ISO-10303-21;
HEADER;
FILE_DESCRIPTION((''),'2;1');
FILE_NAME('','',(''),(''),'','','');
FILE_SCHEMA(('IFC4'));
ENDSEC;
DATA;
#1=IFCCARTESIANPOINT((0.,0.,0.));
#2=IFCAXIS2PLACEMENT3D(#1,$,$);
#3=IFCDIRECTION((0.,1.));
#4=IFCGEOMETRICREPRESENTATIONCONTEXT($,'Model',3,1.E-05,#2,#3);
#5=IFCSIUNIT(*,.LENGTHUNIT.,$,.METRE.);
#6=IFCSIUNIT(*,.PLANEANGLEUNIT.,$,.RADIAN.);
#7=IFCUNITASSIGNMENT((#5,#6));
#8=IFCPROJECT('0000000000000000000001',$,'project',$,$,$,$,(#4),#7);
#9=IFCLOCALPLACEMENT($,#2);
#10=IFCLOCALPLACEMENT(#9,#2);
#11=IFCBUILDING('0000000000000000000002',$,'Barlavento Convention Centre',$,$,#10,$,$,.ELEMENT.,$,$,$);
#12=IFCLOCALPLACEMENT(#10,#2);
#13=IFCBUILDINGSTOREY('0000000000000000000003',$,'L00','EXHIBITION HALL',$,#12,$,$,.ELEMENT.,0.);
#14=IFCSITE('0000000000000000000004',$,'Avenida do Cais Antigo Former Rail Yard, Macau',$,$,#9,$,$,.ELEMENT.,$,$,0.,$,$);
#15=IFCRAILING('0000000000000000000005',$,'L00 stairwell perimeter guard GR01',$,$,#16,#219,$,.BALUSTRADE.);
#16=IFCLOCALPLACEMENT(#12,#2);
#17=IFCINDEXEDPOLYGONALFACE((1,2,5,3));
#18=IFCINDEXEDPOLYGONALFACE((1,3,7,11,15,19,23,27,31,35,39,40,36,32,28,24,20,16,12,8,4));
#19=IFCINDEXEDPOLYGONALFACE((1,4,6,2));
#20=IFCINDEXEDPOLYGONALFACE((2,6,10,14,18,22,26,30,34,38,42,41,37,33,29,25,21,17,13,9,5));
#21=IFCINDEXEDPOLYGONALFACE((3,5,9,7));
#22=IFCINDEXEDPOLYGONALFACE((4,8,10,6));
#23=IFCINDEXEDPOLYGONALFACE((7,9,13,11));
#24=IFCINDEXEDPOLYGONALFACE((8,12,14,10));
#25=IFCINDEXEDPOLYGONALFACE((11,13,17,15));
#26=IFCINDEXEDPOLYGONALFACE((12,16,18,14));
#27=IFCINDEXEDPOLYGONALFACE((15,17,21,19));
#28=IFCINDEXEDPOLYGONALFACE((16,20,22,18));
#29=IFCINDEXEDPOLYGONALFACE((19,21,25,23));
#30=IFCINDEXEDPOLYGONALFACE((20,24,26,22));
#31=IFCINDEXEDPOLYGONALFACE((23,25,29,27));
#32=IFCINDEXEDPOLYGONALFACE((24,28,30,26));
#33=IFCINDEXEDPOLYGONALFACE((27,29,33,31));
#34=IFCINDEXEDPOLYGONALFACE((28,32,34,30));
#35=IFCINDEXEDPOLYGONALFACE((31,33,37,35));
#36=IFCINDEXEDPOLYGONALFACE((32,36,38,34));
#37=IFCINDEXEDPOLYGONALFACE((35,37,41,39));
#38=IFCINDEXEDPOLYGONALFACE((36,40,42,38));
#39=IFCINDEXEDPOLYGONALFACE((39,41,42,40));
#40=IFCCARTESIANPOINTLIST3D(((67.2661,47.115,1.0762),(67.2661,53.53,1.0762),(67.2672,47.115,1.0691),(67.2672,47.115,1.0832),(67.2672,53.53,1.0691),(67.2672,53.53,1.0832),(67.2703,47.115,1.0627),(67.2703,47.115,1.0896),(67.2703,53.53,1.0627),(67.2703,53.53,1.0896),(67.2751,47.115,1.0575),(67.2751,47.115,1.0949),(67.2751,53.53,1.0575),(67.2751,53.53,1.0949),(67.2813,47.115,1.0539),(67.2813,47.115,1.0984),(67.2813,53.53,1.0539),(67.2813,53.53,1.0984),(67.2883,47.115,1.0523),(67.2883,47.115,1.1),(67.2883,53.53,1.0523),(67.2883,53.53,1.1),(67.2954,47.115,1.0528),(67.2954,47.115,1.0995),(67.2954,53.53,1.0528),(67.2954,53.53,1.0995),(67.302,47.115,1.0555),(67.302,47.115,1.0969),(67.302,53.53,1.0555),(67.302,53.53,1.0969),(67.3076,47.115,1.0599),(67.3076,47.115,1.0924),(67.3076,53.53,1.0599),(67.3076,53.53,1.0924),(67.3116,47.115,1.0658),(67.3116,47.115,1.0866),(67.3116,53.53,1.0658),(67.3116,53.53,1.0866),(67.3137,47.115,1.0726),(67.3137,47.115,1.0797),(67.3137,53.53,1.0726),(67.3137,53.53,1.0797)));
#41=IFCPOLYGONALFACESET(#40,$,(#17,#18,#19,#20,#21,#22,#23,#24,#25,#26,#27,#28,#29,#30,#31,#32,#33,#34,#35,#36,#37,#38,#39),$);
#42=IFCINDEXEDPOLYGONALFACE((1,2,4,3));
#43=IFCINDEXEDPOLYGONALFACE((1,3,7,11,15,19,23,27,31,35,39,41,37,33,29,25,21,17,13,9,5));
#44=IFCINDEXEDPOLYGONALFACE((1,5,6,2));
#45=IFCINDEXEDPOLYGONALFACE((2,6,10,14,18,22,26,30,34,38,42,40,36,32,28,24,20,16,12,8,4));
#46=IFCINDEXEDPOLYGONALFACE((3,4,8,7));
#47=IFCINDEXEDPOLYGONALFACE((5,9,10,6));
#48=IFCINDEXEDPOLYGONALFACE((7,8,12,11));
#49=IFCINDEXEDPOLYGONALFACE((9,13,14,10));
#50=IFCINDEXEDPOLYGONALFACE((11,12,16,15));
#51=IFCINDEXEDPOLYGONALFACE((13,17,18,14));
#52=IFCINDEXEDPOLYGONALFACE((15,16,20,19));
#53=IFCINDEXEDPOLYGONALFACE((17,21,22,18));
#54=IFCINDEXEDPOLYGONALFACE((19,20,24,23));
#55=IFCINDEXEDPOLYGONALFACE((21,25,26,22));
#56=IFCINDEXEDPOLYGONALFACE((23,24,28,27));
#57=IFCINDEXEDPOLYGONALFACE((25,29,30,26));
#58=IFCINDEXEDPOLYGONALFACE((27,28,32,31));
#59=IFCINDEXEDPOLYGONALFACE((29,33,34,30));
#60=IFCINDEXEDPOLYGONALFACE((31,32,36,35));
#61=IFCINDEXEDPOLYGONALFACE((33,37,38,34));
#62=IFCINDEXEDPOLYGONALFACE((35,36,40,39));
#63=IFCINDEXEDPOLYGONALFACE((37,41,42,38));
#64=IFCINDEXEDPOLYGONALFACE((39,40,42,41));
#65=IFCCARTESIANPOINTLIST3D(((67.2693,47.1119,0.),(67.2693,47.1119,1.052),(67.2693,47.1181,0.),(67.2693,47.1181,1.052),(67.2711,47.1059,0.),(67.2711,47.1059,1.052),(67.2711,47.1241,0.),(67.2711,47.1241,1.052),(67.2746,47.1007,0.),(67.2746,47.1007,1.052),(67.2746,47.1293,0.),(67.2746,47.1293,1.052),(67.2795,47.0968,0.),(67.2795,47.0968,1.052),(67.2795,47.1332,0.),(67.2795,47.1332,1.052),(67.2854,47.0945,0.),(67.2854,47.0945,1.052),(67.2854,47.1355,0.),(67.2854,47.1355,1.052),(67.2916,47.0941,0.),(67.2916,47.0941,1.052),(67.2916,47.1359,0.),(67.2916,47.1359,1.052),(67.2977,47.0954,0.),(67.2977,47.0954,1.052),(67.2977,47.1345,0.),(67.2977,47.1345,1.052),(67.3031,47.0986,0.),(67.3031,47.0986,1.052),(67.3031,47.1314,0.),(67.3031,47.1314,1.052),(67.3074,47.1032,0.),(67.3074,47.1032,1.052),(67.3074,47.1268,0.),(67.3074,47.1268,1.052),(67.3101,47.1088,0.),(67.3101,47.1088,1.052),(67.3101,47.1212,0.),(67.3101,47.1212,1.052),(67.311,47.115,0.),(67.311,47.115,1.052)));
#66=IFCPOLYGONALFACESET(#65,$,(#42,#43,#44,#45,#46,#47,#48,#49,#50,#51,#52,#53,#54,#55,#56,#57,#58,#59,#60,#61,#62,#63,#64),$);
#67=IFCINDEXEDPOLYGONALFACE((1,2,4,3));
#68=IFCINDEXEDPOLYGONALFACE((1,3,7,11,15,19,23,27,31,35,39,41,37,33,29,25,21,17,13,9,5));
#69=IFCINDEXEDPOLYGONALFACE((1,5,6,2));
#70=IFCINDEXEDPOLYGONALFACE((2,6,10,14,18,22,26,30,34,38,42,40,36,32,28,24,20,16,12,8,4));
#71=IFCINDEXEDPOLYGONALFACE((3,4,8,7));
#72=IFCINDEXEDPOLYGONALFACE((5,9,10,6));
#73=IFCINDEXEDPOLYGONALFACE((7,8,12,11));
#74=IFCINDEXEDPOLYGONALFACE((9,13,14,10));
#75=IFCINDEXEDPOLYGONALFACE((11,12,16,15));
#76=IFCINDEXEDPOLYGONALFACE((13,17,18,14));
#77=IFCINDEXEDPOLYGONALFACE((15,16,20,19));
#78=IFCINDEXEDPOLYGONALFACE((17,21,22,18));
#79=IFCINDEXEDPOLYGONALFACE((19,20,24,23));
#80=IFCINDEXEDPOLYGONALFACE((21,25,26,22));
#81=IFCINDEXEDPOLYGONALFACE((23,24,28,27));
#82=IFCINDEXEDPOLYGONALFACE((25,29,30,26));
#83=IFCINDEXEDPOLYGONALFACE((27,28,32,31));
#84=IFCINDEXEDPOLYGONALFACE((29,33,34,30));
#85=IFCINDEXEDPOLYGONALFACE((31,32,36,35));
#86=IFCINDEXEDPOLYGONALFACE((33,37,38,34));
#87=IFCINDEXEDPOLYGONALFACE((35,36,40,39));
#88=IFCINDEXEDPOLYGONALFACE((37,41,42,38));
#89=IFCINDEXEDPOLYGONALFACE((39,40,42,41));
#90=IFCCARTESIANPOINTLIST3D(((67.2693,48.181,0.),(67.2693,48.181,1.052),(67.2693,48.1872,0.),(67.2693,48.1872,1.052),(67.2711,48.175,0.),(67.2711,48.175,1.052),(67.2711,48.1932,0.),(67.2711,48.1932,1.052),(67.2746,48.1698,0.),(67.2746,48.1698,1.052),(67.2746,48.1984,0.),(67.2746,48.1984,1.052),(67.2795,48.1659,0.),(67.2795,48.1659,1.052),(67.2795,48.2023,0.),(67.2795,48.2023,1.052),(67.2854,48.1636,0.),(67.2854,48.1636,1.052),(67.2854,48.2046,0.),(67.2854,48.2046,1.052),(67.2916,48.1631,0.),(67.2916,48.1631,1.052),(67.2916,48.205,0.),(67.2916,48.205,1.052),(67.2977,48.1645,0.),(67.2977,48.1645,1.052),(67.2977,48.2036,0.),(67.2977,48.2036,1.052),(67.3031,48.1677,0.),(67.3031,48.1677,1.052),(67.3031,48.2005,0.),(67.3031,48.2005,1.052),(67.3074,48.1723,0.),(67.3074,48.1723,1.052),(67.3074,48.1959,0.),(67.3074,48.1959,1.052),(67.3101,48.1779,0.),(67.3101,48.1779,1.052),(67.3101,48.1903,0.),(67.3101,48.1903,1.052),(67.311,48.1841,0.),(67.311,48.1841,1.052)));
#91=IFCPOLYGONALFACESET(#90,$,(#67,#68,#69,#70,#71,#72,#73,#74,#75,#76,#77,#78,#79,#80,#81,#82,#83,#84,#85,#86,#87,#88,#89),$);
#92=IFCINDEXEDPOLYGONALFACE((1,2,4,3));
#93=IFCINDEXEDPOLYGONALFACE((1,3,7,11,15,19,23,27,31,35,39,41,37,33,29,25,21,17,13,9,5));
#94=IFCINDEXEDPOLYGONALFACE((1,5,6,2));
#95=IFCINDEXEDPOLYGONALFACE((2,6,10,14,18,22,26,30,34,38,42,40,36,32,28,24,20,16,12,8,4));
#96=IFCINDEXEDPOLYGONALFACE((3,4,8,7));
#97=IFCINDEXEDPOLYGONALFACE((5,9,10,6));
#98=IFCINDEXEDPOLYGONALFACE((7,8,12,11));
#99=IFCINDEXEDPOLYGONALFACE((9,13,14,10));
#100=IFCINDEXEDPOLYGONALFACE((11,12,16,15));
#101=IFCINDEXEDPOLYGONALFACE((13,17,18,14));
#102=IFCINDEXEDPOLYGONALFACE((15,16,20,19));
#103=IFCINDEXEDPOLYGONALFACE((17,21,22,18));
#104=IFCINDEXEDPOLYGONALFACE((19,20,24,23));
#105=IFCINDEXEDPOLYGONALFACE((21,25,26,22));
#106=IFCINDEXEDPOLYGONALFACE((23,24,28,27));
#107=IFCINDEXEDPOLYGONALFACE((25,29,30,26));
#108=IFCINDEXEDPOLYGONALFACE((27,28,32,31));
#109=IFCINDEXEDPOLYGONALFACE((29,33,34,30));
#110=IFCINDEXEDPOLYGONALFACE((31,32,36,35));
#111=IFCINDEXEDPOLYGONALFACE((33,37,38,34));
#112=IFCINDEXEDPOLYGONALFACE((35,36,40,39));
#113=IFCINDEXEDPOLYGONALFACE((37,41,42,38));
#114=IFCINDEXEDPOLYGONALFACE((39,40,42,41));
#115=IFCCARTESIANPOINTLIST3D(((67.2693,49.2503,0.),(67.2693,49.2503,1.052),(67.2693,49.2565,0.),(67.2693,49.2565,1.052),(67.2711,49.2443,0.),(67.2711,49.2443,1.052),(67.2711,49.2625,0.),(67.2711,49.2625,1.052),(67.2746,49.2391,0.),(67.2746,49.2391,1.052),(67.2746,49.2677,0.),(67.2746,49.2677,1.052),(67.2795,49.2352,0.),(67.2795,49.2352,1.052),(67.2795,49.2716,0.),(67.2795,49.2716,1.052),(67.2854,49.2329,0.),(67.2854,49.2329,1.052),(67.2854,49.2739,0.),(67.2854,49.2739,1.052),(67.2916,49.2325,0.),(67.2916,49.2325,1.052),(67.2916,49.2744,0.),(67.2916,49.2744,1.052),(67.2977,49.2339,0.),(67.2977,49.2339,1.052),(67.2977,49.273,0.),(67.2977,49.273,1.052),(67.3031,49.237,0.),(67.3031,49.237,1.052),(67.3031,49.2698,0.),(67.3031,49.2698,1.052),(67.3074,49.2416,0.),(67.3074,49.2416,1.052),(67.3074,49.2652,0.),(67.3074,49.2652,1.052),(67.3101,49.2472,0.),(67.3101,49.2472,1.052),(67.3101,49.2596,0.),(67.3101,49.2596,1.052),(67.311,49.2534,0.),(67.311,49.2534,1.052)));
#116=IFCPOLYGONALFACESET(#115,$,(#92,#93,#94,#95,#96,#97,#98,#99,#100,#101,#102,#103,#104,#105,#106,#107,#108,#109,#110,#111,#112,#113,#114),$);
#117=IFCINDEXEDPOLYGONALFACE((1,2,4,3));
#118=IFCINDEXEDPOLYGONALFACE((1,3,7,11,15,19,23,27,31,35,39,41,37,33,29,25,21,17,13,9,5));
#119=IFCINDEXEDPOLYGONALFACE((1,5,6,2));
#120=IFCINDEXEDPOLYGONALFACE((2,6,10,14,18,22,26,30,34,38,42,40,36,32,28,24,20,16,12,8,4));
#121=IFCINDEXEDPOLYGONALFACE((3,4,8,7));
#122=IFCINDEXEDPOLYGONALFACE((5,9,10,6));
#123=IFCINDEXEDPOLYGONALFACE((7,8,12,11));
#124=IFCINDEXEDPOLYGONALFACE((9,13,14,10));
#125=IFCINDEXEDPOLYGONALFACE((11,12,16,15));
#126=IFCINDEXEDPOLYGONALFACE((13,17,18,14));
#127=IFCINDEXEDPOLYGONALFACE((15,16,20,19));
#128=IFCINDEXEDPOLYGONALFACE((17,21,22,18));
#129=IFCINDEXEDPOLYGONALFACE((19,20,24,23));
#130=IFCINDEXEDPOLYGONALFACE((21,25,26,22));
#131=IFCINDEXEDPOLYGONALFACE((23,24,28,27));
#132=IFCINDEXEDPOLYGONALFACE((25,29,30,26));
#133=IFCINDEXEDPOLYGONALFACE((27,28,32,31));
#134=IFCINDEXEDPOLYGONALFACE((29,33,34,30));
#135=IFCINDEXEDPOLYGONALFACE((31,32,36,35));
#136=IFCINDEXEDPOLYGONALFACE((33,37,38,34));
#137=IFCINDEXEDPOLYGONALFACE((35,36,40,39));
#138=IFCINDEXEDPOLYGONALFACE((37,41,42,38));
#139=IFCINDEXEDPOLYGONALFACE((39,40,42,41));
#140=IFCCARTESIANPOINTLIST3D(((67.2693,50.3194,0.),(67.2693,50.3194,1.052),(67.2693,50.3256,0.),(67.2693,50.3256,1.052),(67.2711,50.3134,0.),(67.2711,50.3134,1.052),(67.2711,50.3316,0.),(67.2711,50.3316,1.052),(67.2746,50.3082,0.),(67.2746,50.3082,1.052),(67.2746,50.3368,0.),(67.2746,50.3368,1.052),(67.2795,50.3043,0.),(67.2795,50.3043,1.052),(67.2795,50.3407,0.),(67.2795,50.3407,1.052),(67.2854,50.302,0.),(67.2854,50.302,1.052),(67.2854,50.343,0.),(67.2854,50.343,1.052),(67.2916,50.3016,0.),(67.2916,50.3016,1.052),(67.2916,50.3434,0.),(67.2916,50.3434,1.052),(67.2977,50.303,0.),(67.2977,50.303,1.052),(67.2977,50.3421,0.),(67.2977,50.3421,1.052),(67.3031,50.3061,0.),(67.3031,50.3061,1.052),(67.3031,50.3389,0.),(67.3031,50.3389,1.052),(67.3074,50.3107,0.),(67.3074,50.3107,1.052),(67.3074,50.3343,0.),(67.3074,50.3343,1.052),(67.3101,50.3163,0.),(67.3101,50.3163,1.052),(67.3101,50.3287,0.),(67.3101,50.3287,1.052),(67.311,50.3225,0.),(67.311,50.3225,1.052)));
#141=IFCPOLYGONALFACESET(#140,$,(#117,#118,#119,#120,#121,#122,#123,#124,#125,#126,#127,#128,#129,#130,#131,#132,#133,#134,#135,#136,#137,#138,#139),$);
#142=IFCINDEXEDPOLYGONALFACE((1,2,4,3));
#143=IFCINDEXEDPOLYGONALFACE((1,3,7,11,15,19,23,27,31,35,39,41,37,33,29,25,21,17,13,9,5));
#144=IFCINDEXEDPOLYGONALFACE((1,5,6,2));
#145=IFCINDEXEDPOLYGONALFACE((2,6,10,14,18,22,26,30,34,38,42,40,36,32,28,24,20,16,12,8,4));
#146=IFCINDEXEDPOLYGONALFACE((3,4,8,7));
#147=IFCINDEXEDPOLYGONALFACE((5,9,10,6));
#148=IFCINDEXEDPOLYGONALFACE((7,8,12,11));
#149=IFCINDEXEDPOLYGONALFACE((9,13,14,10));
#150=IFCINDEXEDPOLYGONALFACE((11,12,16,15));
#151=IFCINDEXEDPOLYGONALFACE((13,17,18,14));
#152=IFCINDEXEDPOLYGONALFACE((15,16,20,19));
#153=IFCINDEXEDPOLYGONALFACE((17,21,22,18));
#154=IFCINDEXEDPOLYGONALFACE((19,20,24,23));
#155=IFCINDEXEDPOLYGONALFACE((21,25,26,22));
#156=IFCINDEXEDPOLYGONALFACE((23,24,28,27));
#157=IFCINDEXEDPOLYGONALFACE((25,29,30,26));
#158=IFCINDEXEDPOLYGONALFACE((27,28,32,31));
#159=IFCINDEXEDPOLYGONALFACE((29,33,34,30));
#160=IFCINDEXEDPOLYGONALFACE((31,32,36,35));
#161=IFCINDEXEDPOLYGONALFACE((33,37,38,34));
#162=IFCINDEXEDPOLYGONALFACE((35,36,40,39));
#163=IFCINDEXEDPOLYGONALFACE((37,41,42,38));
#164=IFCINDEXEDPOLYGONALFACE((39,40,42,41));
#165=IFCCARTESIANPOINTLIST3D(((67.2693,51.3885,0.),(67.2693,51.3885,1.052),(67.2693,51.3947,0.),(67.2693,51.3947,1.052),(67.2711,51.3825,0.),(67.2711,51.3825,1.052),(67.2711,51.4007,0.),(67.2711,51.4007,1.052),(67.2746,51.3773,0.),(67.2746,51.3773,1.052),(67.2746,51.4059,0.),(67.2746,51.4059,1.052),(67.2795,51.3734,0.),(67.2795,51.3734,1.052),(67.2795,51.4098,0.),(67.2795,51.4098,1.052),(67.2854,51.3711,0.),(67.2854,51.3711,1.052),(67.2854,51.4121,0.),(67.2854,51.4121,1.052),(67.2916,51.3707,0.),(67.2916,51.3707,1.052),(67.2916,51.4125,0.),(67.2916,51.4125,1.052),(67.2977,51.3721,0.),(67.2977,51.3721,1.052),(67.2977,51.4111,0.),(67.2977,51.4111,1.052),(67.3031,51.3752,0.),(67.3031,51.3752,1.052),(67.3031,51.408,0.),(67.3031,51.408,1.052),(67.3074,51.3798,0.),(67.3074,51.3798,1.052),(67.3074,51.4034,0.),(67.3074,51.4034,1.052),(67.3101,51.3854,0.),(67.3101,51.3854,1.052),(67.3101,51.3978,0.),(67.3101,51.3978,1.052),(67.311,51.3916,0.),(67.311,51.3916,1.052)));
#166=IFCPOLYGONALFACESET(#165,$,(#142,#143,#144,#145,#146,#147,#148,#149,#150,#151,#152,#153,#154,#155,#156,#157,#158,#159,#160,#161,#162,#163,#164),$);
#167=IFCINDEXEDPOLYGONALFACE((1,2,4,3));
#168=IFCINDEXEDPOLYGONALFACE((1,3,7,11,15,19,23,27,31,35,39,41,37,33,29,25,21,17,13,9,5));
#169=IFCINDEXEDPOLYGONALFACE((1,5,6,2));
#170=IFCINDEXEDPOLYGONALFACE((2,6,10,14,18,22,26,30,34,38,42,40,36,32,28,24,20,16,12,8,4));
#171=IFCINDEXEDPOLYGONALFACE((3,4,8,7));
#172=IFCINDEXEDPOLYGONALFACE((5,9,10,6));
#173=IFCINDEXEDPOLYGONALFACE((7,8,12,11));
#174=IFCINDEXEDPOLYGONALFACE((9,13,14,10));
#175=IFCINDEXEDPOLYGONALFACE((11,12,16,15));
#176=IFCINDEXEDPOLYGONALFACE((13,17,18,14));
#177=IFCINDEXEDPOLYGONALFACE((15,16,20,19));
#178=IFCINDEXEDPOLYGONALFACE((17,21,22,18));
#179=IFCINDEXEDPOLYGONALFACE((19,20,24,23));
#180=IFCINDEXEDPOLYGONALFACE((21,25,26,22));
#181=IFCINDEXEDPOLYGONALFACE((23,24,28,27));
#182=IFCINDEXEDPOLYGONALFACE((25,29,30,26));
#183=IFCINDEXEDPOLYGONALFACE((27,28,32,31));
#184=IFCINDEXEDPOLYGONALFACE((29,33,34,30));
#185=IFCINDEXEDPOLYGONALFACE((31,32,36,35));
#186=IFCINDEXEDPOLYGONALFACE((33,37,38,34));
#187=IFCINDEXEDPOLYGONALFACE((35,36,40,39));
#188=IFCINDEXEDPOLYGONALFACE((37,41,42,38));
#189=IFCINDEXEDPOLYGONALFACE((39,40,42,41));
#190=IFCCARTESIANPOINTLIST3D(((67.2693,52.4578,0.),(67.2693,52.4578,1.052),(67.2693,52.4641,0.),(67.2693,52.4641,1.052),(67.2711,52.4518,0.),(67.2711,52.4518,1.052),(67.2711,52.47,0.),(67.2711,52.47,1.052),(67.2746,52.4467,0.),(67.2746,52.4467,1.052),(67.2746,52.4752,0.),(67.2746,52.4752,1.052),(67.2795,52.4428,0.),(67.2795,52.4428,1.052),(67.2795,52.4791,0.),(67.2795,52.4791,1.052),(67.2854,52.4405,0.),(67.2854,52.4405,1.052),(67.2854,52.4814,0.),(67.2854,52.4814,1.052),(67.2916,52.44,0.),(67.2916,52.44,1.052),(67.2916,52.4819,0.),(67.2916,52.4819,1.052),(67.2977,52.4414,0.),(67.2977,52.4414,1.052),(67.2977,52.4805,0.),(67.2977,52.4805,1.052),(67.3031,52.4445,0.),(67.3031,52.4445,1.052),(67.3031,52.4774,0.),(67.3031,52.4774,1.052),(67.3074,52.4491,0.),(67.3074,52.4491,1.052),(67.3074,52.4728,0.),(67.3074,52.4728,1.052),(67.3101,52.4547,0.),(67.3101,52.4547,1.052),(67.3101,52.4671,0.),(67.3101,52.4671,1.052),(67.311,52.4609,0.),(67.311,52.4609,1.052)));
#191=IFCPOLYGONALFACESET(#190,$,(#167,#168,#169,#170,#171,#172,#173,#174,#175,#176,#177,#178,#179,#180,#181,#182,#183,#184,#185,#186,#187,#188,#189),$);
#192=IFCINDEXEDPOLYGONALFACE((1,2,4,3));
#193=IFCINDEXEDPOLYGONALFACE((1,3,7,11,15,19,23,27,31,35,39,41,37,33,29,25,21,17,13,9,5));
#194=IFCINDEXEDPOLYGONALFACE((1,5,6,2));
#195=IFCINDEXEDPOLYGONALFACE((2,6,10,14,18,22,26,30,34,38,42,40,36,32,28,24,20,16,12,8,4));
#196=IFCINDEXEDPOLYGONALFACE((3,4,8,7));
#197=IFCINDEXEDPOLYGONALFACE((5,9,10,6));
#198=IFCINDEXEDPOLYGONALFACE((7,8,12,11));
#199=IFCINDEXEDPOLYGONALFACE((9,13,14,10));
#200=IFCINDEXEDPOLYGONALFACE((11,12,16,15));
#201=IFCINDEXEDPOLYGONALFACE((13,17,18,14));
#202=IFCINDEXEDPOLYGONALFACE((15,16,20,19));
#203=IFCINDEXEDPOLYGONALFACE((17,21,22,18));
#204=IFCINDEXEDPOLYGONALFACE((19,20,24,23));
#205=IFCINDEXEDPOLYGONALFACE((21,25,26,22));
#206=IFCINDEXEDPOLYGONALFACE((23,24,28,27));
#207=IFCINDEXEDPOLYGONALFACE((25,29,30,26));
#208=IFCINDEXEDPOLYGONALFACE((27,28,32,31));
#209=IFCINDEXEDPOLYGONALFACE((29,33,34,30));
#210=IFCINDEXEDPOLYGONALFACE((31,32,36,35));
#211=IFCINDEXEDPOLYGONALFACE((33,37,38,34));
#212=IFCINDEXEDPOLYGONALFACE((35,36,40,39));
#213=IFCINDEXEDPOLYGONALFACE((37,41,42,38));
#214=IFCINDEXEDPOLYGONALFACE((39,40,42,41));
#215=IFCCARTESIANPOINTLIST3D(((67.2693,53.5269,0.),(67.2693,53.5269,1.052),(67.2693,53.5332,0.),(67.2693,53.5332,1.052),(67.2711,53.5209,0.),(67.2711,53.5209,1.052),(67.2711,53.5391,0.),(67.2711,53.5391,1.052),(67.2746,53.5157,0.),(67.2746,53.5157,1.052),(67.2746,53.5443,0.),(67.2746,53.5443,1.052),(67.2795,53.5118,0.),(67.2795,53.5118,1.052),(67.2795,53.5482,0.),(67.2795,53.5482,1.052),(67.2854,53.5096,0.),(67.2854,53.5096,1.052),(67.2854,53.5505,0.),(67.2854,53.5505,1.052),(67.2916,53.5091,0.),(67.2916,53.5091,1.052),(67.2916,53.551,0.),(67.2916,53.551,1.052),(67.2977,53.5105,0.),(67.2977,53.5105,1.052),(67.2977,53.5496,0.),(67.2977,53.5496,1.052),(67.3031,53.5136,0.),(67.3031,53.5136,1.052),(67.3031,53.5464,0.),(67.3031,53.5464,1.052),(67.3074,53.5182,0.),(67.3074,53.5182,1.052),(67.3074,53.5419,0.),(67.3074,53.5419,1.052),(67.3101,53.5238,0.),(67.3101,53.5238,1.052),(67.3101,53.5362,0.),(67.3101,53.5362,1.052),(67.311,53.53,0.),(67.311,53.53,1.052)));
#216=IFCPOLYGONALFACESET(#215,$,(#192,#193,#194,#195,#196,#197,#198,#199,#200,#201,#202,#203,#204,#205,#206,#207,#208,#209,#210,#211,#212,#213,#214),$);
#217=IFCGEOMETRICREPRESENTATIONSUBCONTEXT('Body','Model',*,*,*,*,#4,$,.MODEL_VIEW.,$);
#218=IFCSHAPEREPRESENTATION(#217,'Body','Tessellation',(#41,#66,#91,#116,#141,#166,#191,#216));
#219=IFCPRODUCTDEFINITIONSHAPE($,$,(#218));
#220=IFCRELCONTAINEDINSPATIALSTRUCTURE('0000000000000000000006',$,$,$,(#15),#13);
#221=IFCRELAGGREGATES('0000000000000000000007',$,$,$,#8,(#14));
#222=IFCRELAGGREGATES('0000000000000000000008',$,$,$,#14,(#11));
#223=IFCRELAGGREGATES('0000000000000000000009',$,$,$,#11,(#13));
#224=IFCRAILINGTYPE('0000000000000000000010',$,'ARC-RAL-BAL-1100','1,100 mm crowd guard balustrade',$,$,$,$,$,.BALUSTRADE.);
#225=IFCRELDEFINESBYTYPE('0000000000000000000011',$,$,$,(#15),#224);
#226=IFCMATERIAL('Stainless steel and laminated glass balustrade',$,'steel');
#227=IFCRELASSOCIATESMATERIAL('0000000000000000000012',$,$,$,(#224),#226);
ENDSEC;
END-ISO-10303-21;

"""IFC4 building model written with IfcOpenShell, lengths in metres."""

from ifc_helpers import new_model, si_unit, direction, frame, origin, origin_2d, place, context, subcontext, project, spatial, circle, extrude, material, type_object, element, save


model = new_model("IFC4")

# Units and contexts
model_context = context("Model", 3, precision=1e-05, world=origin(), true_north=direction((0.0, 1.0)))
body_context = subcontext(model_context, "Body", "Model", "MODEL_VIEW")
ifc_project = project(units=[si_unit("LENGTHUNIT", "METRE"), si_unit("PLANEANGLEUNIT", "RADIAN")], contexts=[model_context])

# Site, building, storey
site_placement = place(None, origin())
site = spatial("IfcSite", under=ifc_project, at=site_placement, Name="Avenida do Cais Antigo Former Rail Yard, Macau", CompositionType="ELEMENT", RefElevation=0.0)
building_placement = place(site_placement, origin())
building = spatial("IfcBuilding", under=site, at=building_placement, Name="Barlavento Convention Centre", CompositionType="ELEMENT")
storey_placement = place(building_placement, origin())
storey = spatial("IfcBuildingStorey", under=building, at=storey_placement, Name="L00", Description="EXHIBITION HALL", CompositionType="ELEMENT", Elevation=0.0)

# Railing
ifc_material_1 = material(Name="Stainless steel and laminated glass balustrade", Category="steel")
railing_type_1 = type_object("IfcRailingType", Name="ARC-RAL-BAL-1100", Description="1,100 mm crowd guard balustrade", PredefinedType="BALUSTRADE", material=ifc_material_1)
railing_1_placement = place(storey_placement, frame((67.29, 47.115, 0.0)))
element("IfcRailing", 1, at=railing_1_placement, inside=storey, type_object=railing_type_1, Name="L00 stairwell perimeter guard GR01", PredefinedType="BALUSTRADE", context=body_context, shape_type="SweptSolid", body=[
    extrude(circle(Radius=0.0239, at=origin_2d()), frame((0.0, 0.0, 1.0762), z_axis=(0.0, 1.0, 0.0), x_axis=(-1.0, 0.0, 0.0)), (0.0, 0.0, 1.0), 6.415),
    extrude(circle(Radius=0.021, at=origin_2d()), origin(), (0.0, 0.0, 1.0), 1.052),
    extrude(circle(Radius=0.021, at=origin_2d()), frame((0.0, 1.0691, 0.0)), (0.0, 0.0, 1.0), 1.052),
    extrude(circle(Radius=0.021, at=origin_2d()), frame((0.0, 2.1384, 0.0)), (0.0, 0.0, 1.0), 1.052),
    extrude(circle(Radius=0.021, at=origin_2d()), frame((0.0, 3.2075, 0.0)), (0.0, 0.0, 1.0), 1.052),
    extrude(circle(Radius=0.021, at=origin_2d()), frame((0.0, 4.2766, 0.0)), (0.0, 0.0, 1.0), 1.052),
    extrude(circle(Radius=0.021, at=origin_2d()), frame((0.0, 5.3459, 0.0)), (0.0, 0.0, 1.0), 1.052),
    extrude(circle(Radius=0.021, at=origin_2d()), frame((0.0, 6.415, 0.0)), (0.0, 0.0, 1.0), 1.052),
])

save(model, "model.ifc")
